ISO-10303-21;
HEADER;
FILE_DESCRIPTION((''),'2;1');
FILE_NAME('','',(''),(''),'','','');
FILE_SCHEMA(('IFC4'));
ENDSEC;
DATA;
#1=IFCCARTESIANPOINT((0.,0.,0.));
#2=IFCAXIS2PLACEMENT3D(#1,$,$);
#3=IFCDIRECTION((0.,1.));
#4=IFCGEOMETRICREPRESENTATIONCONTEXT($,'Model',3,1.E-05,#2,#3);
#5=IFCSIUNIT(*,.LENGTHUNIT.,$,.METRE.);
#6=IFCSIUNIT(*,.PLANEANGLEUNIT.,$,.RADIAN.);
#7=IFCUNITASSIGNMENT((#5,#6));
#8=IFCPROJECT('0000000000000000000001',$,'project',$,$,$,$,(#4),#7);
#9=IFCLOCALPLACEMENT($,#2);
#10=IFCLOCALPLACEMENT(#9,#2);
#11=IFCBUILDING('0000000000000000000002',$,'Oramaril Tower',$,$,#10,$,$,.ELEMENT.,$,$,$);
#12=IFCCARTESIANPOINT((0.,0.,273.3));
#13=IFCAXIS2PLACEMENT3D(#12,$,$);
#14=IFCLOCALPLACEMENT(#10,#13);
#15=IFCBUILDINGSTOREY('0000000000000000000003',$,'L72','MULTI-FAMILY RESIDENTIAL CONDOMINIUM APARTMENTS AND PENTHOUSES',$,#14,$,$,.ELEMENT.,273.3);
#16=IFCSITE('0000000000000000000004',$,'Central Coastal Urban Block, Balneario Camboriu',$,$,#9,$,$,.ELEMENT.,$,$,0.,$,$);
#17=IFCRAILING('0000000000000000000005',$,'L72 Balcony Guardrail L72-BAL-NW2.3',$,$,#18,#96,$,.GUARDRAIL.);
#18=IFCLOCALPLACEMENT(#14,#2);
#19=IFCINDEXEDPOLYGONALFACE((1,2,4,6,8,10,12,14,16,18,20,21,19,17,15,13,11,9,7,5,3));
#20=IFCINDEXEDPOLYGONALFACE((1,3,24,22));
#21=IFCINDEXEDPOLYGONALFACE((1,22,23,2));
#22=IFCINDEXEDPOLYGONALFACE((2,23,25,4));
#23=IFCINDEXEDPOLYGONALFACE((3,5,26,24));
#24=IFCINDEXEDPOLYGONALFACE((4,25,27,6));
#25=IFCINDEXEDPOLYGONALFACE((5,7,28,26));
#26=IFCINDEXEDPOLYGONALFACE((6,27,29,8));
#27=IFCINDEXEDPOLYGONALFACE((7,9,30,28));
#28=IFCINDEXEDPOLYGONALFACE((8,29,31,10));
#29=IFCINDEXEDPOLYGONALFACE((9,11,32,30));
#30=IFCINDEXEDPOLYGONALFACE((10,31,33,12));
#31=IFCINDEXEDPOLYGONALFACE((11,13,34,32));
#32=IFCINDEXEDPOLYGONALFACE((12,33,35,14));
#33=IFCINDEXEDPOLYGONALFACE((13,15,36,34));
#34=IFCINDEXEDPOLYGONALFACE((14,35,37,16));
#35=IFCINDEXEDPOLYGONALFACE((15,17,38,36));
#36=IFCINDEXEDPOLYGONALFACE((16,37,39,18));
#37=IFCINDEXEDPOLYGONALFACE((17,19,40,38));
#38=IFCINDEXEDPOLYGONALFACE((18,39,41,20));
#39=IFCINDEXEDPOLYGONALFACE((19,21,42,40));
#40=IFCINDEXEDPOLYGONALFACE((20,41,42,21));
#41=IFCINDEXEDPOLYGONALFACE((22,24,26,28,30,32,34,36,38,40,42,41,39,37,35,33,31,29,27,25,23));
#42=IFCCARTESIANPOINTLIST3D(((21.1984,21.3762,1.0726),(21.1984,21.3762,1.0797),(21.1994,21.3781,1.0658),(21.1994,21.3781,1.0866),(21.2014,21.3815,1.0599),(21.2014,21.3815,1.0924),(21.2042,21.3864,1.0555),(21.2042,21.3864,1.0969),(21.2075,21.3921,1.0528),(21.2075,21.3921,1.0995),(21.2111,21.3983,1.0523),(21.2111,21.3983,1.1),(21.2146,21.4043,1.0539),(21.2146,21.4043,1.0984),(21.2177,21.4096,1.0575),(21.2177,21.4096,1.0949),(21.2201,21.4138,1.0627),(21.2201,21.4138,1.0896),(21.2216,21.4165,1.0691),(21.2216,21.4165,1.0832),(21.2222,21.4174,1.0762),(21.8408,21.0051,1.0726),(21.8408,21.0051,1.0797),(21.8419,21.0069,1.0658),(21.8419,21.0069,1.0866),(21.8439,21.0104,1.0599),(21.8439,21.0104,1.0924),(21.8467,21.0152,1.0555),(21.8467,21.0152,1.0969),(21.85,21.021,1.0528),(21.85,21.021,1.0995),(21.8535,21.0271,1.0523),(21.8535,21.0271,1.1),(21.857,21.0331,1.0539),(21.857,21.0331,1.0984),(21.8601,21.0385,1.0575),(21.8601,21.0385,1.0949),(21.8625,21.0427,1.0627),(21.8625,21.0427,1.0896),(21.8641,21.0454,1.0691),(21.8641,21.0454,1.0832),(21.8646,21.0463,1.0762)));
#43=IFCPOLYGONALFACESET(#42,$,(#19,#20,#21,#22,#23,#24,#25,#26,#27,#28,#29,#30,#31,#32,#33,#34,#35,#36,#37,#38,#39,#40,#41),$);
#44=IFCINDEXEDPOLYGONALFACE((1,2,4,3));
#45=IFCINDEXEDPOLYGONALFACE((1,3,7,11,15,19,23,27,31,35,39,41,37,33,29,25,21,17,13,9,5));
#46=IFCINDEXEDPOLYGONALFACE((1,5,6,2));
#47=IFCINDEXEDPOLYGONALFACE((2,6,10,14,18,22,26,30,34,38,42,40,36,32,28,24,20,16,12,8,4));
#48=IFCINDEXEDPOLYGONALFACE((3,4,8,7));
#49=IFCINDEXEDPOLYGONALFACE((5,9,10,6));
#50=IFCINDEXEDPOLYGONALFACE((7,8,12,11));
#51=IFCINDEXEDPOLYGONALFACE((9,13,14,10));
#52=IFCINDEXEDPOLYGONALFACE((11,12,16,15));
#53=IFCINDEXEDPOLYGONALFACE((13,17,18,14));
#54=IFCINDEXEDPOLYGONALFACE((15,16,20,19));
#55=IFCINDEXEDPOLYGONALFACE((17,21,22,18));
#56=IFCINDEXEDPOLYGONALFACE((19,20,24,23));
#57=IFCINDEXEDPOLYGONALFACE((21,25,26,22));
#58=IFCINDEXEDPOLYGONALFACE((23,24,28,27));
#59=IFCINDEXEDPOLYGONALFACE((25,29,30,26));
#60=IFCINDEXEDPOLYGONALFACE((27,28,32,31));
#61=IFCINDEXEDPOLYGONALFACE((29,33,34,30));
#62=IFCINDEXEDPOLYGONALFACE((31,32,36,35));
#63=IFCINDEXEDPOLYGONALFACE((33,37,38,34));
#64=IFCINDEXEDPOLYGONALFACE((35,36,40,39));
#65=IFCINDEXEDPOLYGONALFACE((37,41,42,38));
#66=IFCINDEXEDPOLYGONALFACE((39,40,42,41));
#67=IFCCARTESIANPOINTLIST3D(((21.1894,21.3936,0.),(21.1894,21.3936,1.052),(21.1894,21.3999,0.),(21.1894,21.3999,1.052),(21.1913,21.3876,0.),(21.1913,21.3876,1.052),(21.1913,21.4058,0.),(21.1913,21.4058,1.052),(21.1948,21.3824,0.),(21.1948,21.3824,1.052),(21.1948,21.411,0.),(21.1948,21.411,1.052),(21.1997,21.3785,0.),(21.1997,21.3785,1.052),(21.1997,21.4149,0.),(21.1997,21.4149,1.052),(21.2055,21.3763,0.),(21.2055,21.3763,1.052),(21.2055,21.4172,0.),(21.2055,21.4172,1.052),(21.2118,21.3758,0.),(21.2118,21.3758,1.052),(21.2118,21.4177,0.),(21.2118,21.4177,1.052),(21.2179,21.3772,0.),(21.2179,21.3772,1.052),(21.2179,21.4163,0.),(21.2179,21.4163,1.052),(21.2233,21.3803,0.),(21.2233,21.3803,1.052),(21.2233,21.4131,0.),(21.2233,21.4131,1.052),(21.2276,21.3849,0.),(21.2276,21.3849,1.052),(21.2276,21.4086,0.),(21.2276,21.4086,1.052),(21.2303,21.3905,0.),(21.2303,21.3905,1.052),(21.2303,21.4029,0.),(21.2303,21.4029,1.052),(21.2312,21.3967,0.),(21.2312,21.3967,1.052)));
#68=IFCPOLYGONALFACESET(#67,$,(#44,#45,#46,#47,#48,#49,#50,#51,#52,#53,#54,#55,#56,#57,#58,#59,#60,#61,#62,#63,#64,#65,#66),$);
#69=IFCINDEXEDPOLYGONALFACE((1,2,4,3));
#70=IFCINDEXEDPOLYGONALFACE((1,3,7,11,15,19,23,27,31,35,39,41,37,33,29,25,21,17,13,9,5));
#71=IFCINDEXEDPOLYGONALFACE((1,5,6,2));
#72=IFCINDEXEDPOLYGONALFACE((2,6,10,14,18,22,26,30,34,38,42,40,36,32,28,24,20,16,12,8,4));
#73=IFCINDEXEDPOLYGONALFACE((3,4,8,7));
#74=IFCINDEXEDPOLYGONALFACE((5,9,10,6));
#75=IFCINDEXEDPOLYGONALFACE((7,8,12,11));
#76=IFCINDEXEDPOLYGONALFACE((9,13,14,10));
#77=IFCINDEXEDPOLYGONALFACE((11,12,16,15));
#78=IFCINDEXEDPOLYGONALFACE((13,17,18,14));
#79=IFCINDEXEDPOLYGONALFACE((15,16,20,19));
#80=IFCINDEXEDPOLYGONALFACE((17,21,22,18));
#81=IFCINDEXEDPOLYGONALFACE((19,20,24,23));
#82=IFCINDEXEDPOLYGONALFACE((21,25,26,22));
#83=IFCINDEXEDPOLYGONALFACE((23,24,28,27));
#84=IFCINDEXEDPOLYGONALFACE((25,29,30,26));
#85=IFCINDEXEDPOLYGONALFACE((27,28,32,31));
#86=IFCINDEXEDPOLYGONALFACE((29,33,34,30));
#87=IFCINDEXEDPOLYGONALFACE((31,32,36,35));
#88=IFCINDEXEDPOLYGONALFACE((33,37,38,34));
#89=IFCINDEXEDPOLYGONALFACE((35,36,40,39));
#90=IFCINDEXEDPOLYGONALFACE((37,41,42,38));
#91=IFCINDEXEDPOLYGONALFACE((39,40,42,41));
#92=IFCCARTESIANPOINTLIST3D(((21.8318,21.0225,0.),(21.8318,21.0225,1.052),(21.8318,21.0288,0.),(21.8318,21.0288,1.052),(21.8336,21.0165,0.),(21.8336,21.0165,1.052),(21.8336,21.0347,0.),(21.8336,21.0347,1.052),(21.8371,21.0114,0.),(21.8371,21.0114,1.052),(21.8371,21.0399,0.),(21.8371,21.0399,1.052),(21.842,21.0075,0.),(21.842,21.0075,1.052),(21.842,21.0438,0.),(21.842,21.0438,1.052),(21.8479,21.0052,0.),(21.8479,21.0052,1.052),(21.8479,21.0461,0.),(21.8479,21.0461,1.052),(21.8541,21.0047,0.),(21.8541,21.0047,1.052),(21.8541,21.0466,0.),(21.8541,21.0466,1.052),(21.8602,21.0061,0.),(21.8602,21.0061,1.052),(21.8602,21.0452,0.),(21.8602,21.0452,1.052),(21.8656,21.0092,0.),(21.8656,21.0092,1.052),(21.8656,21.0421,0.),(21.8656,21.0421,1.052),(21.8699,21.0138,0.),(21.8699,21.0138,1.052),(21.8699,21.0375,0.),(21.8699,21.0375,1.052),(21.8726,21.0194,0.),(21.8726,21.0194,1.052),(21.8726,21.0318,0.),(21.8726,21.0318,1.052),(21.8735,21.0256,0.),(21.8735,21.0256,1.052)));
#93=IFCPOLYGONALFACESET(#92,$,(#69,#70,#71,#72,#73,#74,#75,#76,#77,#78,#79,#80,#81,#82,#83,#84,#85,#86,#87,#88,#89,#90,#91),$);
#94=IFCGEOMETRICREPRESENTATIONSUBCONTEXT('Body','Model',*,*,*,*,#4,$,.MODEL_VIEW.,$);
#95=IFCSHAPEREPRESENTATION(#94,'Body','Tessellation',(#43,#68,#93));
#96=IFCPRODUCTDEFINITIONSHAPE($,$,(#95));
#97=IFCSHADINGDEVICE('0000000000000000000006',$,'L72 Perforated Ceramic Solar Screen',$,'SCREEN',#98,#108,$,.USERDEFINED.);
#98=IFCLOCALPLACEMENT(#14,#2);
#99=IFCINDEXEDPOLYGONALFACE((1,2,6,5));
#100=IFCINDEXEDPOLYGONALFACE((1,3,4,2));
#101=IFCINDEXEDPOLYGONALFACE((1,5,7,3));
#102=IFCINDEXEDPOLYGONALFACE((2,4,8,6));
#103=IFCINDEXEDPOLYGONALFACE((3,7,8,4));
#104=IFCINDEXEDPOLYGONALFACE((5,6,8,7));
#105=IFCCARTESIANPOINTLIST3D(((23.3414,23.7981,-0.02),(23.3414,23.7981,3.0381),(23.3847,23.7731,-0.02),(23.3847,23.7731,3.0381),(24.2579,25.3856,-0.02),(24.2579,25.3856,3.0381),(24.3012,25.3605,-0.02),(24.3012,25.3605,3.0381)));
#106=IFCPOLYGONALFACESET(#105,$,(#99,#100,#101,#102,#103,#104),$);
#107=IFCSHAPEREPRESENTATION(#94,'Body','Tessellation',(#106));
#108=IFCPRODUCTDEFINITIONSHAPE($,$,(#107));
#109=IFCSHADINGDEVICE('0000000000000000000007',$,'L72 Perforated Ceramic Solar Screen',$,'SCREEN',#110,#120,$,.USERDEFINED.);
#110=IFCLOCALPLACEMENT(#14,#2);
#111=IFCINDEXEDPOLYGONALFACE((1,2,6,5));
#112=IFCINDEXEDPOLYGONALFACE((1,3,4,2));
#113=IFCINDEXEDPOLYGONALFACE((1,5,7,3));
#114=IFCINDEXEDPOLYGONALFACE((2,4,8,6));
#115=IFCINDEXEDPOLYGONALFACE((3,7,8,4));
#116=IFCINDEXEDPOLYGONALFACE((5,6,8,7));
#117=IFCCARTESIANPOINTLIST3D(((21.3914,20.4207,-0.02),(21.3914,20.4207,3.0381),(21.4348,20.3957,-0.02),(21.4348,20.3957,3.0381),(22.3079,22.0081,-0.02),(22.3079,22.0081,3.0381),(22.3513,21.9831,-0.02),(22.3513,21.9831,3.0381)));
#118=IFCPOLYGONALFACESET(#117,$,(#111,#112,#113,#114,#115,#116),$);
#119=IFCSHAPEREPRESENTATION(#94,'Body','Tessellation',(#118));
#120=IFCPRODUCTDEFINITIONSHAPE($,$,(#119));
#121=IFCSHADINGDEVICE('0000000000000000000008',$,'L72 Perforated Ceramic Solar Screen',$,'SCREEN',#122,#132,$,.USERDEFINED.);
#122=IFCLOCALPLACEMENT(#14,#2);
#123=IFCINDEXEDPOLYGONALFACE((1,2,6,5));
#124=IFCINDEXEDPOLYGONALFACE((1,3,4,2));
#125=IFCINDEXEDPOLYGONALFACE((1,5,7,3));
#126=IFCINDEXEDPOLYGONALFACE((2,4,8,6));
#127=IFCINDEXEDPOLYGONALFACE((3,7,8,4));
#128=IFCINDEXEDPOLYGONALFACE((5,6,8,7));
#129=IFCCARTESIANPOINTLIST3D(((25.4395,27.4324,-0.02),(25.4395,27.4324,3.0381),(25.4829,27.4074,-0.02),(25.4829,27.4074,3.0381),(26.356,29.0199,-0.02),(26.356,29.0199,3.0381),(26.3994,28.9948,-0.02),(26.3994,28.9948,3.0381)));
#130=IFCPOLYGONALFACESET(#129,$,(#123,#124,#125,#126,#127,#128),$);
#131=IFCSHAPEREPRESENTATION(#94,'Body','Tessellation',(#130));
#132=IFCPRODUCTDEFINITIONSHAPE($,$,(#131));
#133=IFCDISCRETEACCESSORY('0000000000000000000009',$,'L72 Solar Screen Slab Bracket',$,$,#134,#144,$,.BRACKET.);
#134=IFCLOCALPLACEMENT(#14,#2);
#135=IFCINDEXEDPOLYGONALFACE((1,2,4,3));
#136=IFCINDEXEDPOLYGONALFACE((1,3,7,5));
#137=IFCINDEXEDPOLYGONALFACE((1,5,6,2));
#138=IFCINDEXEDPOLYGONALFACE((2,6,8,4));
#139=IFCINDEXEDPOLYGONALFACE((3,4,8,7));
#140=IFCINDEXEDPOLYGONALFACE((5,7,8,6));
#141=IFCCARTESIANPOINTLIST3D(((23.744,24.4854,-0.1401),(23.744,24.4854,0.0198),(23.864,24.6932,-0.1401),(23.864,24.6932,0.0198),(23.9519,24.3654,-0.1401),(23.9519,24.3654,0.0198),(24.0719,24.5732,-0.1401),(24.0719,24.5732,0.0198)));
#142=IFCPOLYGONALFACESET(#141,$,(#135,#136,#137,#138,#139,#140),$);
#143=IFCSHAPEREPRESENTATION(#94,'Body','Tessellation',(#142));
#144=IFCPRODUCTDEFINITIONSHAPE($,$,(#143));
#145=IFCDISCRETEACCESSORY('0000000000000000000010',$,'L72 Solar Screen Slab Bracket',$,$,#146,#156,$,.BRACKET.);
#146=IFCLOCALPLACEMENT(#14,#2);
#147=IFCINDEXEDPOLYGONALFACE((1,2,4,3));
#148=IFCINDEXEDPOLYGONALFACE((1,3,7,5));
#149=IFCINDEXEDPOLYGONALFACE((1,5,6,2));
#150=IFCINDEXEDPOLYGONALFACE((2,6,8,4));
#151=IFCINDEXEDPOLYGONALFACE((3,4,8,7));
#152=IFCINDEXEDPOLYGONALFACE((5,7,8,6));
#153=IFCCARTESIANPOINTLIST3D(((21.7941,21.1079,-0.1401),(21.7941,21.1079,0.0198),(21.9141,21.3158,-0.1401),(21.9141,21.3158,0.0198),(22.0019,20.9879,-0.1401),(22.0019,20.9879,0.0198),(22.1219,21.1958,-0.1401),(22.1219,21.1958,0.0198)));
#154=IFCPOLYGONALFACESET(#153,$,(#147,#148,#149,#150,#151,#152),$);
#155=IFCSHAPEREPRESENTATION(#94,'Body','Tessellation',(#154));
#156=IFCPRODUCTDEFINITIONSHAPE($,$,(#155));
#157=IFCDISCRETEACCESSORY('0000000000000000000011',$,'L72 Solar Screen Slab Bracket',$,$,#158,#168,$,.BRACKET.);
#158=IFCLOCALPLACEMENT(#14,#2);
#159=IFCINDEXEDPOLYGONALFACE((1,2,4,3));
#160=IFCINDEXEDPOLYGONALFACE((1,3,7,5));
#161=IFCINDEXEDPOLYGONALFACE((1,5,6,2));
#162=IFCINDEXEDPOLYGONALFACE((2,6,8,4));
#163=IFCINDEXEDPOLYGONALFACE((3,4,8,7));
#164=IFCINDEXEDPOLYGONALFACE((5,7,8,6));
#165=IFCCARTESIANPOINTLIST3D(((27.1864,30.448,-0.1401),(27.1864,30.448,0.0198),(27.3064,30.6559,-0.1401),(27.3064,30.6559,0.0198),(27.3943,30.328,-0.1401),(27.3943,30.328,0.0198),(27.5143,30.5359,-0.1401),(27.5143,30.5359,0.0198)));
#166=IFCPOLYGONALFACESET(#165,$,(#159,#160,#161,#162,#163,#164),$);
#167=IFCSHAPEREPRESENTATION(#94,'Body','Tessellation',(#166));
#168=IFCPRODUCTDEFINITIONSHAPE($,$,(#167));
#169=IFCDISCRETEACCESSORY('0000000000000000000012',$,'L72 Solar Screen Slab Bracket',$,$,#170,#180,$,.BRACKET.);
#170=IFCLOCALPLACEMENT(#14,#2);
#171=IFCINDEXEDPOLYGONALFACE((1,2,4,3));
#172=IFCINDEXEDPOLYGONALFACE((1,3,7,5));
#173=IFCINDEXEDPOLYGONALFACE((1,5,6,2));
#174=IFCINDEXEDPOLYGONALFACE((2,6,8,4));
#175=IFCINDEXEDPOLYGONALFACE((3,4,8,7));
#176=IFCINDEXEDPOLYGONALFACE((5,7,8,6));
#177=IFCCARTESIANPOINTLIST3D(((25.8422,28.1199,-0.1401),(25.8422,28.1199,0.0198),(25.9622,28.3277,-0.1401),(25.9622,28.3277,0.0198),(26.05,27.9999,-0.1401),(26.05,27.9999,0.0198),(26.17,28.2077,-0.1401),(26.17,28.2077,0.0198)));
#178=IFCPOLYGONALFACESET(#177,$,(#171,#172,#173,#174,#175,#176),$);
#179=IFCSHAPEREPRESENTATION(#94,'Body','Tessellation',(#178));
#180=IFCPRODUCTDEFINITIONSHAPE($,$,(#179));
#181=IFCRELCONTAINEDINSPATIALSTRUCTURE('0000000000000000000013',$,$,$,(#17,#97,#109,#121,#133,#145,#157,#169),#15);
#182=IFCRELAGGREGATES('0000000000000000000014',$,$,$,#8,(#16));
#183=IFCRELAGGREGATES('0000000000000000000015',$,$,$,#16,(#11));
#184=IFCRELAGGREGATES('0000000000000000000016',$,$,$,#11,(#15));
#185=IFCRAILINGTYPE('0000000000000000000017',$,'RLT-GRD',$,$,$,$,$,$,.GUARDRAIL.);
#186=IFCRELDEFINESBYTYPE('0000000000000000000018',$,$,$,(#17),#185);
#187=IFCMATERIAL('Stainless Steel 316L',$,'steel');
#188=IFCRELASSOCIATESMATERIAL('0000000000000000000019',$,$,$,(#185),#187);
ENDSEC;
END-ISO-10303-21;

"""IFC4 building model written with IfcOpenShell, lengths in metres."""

from ifc_helpers import new_model, si_unit, direction, frame, origin, origin_2d, place, context, subcontext, project, spatial, rectangle, circle, extrude, material, type_object, element, save


model = new_model("IFC4")

# Units and contexts
model_context = context("Model", 3, precision=1e-05, world=origin(), true_north=direction((0.0, 1.0)))
body_context = subcontext(model_context, "Body", "Model", "MODEL_VIEW")
ifc_project = project(units=[si_unit("LENGTHUNIT", "METRE"), si_unit("PLANEANGLEUNIT", "RADIAN")], contexts=[model_context])

# Site, building, storey
site_placement = place(None, origin())
site = spatial("IfcSite", under=ifc_project, at=site_placement, Name="Central Coastal Urban Block, Balneario Camboriu", CompositionType="ELEMENT", RefElevation=0.0)
building_placement = place(site_placement, origin())
building = spatial("IfcBuilding", under=site, at=building_placement, Name="Oramaril Tower", CompositionType="ELEMENT")
storey_placement = place(building_placement, frame((0.0, 0.0, 273.3)))
storey = spatial("IfcBuildingStorey", under=building, at=storey_placement, Name="L72", Description="MULTI-FAMILY RESIDENTIAL CONDOMINIUM APARTMENTS AND PENTHOUSES", CompositionType="ELEMENT", Elevation=273.3)

# Railing
ifc_material_1 = material(Name="Stainless Steel 316L", Category="steel")
railing_type = type_object("IfcRailingType", Name="RLT-GRD", PredefinedType="GUARDRAIL", material=ifc_material_1)
railing_placement = place(storey_placement, frame((21.2102, 21.3967, 0.0)))
element("IfcRailing", 1, at=railing_placement, inside=storey, type_object=railing_type, Name="L72 Balcony Guardrail L72-BAL-NW2.3", PredefinedType="GUARDRAIL", context=body_context, shape_type="SweptSolid", body=[
    extrude(circle(Radius=0.0239, at=origin_2d()), frame((0.0, 0.0, 1.0762), z_axis=(0.865884, -0.500245, 0.0), x_axis=(0.500245, 0.865884, 0.0)), (0.0, 0.0, 1.0), 0.7419),
    extrude(circle(Radius=0.021, at=origin_2d()), origin(), (0.0, 0.0, 1.0), 1.052),
    extrude(circle(Radius=0.021, at=origin_2d()), frame((0.6423, -0.3711, 0.0)), (0.0, 0.0, 1.0), 1.052),
])

# Shading devices
for number, where, z_axis, x_axis, name in (
    (2, (23.8213, 24.5793, -0.02), (0.0, 0.0, 1.0), (-0.499998, -0.866026, 0.0), "L72 Perforated Ceramic Solar Screen"),
    (3, (21.8713, 21.2019, -0.02), (0.0, 0.0, 1.0), (-0.499998, -0.866026, 0.0), "L72 Perforated Ceramic Solar Screen"),
    (4, (25.9194, 28.2136, -0.02), (0.0, 0.0, 1.0), (-0.499998, -0.866026, 0.0), "L72 Perforated Ceramic Solar Screen"),
):
    element("IfcShadingDevice", number, at=place(storey_placement, frame(where, z_axis=z_axis, x_axis=x_axis)), inside=storey, Name=name, ObjectType="SCREEN", PredefinedType="USERDEFINED", context=body_context, shape_type="SweptSolid", body=[
        extrude(rectangle(XDim=1.833, YDim=0.05, at=origin_2d()), origin(), (0.0, 0.0, 1.0), 3.0581),
    ])

# Discrete accessories
for number, where, z_axis, x_axis, name in (
    (5, (23.908, 24.5293, -0.1401), (0.0, 0.0, 1.0), (-0.499998, -0.866026, 0.0), "L72 Solar Screen Slab Bracket"),
    (6, (21.958, 21.1519, -0.1401), (0.0, 0.0, 1.0), (-0.499998, -0.866026, 0.0), "L72 Solar Screen Slab Bracket"),
    (7, (27.3503, 30.4919, -0.1401), (0.0, 0.0, 1.0), (-0.499998, -0.866026, 0.0), "L72 Solar Screen Slab Bracket"),
    (8, (26.0061, 28.1638, -0.1401), (0.0, 0.0, 1.0), (-0.499998, -0.866026, 0.0), "L72 Solar Screen Slab Bracket"),
):
    element("IfcDiscreteAccessory", number, at=place(storey_placement, frame(where, z_axis=z_axis, x_axis=x_axis)), inside=storey, Name=name, PredefinedType="BRACKET", context=body_context, shape_type="SweptSolid", body=[
        extrude(rectangle(XDim=0.24, YDim=0.24, at=origin_2d()), origin(), (0.0, 0.0, 1.0), 0.1599),
    ])

save(model, "model.ifc")
